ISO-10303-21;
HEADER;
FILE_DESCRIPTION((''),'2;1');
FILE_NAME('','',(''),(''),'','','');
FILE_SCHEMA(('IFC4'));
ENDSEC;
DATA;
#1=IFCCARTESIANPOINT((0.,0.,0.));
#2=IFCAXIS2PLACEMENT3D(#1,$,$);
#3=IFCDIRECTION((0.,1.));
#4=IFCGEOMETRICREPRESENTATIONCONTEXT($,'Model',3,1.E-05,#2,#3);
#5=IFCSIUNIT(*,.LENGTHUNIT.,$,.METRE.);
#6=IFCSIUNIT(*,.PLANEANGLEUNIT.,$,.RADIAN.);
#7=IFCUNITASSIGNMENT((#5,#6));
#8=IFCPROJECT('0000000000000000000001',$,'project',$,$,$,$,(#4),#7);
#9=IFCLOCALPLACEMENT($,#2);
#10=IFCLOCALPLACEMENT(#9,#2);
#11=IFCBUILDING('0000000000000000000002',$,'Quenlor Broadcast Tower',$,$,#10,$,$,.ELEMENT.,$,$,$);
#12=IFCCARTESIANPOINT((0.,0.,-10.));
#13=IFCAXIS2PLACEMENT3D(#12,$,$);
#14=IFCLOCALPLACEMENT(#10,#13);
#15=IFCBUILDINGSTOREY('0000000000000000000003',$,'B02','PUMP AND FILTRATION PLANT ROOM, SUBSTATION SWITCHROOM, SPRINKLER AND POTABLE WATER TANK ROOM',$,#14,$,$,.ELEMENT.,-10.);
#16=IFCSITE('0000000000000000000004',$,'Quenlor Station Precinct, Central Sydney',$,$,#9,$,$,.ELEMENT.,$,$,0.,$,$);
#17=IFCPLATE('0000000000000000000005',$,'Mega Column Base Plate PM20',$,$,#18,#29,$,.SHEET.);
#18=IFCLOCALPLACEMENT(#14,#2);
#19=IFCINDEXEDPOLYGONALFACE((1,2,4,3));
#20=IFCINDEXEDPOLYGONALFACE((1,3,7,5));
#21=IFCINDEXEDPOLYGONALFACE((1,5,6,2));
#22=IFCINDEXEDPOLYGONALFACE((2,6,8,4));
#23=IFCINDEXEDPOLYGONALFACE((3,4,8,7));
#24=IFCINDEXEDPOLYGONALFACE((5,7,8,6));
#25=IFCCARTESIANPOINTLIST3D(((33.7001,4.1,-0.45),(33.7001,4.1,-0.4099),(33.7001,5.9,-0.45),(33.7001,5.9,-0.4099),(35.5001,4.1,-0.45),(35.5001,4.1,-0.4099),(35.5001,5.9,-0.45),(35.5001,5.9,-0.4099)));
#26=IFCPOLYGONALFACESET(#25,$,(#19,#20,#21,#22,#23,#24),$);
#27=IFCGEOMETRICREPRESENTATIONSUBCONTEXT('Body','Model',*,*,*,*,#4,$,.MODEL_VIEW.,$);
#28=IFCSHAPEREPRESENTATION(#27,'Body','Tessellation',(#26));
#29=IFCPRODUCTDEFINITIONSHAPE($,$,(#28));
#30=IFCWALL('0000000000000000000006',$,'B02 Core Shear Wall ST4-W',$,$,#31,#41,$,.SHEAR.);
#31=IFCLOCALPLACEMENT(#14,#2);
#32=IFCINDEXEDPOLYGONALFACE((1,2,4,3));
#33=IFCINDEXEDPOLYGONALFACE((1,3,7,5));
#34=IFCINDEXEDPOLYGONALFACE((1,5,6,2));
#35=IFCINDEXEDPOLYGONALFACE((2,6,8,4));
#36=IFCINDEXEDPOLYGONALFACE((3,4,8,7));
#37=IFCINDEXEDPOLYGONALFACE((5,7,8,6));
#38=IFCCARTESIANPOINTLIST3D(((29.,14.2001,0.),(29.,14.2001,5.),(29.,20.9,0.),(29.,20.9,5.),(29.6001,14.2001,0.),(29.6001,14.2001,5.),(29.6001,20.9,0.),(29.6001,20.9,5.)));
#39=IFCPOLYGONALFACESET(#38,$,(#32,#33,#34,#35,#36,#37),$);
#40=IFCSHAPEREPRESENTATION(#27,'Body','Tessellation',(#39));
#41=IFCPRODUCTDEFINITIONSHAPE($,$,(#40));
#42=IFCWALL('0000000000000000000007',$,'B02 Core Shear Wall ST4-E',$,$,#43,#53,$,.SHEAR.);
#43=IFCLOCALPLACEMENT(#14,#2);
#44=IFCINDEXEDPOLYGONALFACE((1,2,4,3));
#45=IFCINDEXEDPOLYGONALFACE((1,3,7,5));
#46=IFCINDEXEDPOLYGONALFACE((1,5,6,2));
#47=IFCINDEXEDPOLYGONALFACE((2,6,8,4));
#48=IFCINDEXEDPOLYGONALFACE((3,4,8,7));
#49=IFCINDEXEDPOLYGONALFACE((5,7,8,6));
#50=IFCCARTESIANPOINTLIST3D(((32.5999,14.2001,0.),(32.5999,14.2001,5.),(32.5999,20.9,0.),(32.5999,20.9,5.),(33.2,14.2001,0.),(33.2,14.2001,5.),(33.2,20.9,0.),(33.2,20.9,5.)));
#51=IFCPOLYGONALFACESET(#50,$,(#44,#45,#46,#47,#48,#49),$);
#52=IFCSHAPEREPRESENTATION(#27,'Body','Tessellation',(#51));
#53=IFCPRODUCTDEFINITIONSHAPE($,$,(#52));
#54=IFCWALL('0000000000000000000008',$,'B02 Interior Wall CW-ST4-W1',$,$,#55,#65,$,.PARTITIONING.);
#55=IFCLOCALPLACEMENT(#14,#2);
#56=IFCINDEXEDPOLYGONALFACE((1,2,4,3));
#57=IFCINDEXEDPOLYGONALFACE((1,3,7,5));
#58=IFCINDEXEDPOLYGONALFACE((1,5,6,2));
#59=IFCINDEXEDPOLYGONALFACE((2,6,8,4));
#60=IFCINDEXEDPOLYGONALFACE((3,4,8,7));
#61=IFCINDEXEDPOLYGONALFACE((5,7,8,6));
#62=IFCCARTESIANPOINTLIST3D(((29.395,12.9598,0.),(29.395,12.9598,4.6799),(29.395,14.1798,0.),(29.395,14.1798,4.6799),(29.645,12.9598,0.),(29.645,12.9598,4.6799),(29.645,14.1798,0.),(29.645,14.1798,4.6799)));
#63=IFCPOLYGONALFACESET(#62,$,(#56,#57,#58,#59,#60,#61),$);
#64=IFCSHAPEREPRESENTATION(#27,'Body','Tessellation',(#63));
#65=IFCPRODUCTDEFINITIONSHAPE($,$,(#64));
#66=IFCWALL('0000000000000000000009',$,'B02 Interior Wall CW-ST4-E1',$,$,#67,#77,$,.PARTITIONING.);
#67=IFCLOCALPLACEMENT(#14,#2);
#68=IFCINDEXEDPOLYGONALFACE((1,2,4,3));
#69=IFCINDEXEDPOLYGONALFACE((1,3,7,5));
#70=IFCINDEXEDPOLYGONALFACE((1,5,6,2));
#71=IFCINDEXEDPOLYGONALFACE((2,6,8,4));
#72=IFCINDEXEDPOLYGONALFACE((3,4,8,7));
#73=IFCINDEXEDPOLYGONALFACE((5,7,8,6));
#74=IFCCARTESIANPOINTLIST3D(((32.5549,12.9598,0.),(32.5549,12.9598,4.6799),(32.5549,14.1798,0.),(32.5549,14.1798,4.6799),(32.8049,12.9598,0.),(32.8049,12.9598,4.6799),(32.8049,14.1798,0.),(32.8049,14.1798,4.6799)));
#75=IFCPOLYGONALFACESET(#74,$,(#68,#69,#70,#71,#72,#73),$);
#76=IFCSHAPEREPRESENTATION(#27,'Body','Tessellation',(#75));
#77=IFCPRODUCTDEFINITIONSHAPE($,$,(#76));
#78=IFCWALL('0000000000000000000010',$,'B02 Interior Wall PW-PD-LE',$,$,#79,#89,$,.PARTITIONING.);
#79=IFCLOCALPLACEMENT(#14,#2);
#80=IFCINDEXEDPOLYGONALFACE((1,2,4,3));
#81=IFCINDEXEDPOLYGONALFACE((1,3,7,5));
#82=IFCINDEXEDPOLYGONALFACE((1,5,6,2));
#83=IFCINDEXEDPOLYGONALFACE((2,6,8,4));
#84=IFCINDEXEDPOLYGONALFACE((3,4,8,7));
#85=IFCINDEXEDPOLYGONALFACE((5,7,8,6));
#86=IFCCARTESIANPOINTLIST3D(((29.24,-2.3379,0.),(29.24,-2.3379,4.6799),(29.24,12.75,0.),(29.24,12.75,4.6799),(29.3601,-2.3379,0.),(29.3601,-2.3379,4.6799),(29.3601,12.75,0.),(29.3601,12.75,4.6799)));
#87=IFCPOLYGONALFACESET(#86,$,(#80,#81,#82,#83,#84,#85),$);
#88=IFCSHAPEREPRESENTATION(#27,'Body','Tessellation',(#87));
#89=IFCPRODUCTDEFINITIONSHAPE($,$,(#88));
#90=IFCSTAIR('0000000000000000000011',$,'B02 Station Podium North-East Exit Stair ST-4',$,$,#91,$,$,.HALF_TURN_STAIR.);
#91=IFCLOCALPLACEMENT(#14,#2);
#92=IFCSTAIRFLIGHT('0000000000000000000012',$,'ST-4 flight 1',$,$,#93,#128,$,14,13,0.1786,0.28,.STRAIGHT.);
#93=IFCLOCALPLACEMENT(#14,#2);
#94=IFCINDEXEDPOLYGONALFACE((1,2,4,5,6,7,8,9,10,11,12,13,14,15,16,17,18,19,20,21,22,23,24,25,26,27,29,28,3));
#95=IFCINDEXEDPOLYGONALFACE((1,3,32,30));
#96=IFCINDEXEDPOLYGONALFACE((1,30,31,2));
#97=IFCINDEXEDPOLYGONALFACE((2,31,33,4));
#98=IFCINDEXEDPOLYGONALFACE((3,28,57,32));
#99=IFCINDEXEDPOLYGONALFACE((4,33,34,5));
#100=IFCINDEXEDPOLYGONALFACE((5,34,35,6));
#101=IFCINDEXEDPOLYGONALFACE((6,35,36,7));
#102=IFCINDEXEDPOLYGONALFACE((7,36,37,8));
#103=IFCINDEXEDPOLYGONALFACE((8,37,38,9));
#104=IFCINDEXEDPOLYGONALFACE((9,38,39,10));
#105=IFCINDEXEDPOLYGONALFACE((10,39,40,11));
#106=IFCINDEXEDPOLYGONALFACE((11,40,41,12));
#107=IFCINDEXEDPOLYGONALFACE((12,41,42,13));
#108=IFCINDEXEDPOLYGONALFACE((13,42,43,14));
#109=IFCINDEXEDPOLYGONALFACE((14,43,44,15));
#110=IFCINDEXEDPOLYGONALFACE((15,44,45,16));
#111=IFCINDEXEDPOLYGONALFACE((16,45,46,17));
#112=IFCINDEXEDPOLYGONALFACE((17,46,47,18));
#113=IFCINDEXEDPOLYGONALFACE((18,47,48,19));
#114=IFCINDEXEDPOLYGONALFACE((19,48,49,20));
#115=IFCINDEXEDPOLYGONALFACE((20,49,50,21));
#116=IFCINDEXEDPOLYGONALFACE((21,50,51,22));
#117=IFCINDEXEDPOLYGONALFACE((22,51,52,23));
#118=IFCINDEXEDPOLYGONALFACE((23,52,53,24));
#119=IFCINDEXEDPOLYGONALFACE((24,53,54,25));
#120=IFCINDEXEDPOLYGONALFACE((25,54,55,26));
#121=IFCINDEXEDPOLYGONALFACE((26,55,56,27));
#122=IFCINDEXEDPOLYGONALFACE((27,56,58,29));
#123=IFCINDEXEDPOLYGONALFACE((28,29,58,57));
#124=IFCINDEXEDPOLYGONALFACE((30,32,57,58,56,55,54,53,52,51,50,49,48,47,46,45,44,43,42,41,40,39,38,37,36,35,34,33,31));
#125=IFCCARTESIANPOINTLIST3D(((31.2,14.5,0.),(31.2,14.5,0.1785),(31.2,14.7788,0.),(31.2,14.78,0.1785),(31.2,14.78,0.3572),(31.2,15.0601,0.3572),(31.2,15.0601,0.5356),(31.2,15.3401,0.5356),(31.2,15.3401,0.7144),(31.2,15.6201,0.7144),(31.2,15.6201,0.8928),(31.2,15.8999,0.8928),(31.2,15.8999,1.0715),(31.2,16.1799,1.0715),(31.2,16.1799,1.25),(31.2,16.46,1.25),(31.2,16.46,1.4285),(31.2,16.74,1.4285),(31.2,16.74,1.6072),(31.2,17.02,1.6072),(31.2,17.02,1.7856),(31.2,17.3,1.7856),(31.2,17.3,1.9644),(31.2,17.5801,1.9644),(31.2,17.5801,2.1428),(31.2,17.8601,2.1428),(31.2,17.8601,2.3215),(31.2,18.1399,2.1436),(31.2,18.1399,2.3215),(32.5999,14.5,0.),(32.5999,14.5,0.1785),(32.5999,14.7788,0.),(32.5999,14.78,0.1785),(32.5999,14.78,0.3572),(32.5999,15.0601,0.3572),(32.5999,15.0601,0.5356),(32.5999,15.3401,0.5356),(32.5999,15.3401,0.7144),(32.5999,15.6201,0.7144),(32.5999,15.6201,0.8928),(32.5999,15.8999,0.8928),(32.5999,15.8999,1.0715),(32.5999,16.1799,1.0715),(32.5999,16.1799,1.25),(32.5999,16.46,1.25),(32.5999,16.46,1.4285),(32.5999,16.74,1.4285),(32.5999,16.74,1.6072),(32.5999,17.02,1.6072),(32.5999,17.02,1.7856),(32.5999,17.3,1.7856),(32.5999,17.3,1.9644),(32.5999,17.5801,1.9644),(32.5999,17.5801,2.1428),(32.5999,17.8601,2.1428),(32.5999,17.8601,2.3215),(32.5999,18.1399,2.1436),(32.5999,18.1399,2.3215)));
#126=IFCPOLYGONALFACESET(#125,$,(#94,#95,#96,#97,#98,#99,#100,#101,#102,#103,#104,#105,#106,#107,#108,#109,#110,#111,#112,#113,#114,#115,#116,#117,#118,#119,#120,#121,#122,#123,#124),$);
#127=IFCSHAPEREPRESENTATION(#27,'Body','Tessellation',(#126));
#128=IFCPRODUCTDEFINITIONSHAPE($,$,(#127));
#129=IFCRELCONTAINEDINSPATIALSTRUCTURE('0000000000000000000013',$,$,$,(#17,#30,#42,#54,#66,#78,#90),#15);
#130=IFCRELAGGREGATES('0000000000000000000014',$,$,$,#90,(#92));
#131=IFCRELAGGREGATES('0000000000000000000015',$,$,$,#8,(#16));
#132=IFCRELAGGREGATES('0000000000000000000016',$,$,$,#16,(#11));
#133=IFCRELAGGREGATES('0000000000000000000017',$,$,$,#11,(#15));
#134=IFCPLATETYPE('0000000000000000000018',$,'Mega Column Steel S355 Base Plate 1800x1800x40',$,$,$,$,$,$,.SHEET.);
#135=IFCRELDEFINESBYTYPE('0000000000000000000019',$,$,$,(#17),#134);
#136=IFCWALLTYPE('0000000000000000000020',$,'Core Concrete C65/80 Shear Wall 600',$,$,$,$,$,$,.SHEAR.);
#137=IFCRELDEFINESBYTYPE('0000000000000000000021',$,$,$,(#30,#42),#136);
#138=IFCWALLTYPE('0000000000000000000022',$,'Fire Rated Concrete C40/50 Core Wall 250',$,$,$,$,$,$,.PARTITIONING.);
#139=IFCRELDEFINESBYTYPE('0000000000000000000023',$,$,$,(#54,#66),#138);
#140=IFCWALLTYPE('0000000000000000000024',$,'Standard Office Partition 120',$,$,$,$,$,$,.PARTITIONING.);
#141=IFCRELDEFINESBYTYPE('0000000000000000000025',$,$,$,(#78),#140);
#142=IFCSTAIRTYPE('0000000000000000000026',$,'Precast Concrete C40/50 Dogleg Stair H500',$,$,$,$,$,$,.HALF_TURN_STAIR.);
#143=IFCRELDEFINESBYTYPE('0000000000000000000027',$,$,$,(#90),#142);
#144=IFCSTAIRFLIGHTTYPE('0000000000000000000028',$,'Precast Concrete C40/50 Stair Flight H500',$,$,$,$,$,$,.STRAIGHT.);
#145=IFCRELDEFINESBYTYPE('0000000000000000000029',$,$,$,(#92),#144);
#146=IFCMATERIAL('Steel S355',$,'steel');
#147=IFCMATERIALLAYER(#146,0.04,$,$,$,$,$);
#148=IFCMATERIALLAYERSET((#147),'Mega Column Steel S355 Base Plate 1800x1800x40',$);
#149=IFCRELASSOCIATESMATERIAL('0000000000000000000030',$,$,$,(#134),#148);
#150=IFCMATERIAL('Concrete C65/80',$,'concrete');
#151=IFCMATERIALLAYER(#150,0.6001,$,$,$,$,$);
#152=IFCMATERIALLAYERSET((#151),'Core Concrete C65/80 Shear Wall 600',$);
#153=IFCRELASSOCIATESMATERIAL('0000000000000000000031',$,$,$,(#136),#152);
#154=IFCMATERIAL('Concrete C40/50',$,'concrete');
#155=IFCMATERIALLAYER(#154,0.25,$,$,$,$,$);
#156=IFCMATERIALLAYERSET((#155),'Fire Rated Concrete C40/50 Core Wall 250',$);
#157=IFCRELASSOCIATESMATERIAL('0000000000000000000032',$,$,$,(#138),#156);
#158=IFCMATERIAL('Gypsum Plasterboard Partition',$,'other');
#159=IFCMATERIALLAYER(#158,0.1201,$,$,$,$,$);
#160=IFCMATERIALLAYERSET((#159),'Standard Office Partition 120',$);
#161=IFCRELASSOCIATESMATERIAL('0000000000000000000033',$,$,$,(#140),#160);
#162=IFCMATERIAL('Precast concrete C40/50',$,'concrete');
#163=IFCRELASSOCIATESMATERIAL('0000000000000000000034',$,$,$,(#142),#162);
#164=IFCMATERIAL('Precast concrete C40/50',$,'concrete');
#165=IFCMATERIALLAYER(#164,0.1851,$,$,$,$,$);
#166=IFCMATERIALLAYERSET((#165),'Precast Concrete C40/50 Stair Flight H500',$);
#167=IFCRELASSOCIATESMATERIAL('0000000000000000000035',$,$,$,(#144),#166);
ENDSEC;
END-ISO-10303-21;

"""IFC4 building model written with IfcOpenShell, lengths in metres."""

from ifc_helpers import new_model, si_unit, direction, frame, frame_2d, origin, origin_2d, place, context, subcontext, project, spatial, polyline, rectangle, outline, extrude, material, layer, layer_set, type_object, element, aggregate, save


model = new_model("IFC4")

# Units and contexts
model_context = context("Model", 3, precision=1e-05, world=origin(), true_north=direction((0.0, 1.0)))
body_context = subcontext(model_context, "Body", "Model", "MODEL_VIEW")
ifc_project = project(units=[si_unit("LENGTHUNIT", "METRE"), si_unit("PLANEANGLEUNIT", "RADIAN")], contexts=[model_context])

# Site, building, storey
site_placement = place(None, origin())
site = spatial("IfcSite", under=ifc_project, at=site_placement, Name="Quenlor Station Precinct, Central Sydney", CompositionType="ELEMENT", RefElevation=0.0)
building_placement = place(site_placement, origin())
building = spatial("IfcBuilding", under=site, at=building_placement, Name="Quenlor Broadcast Tower", CompositionType="ELEMENT")
storey_placement = place(building_placement, frame((0.0, 0.0, -10.0)))
storey = spatial("IfcBuildingStorey", under=building, at=storey_placement, Name="B02", Description="PUMP AND FILTRATION PLANT ROOM, SUBSTATION SWITCHROOM, SPRINKLER AND POTABLE WATER TANK ROOM", CompositionType="ELEMENT", Elevation=-10.0)

# Plate
ifc_material_1 = material(Name="Steel S355", Category="steel")
ifc_layer_1 = layer(ifc_material_1, 0.04)
ifc_layer_set_1 = layer_set([ifc_layer_1], Name="Mega Column Steel S355 Base Plate 1800x1800x40")
plate_type = type_object("IfcPlateType", Name="Mega Column Steel S355 Base Plate 1800x1800x40", PredefinedType="SHEET", material=ifc_layer_set_1)
for number, where, z_axis, x_axis, name in (
    (1, (34.6001, 5.0, -0.45), (0.0, 0.0, 1.0), (1.0, 0.0, 0.0), "Mega Column Base Plate PM20"),
):
    element("IfcPlate", number, at=place(storey_placement, frame(where, z_axis=z_axis, x_axis=x_axis)), inside=storey, type_object=plate_type, Name=name, PredefinedType="SHEET", context=body_context, shape_type="SweptSolid", body=[
        extrude(rectangle(XDim=1.8, YDim=1.8, at=origin_2d()), origin(), (0.0, 0.0, 1.0), 0.04),
    ])

# Walls
ifc_material_2 = material(Name="Concrete C65/80", Category="concrete")
ifc_layer_2 = layer(ifc_material_2, 0.6001)
ifc_layer_set_2 = layer_set([ifc_layer_2], Name="Core Concrete C65/80 Shear Wall 600")
wall_type_1 = type_object("IfcWallType", Name="Core Concrete C65/80 Shear Wall 600", PredefinedType="SHEAR", material=ifc_layer_set_2)
for number, where, z_axis, x_axis, name in (
    (2, (29.3, 14.2, 0.0), (0.0, 0.0, 1.0), (0.0, 1.0, 0.0), "B02 Core Shear Wall ST4-W"),
    (3, (32.8999, 14.2, 0.0), (0.0, 0.0, 1.0), (0.0, 1.0, 0.0), "B02 Core Shear Wall ST4-E"),
):
    element("IfcWall", number, at=place(storey_placement, frame(where, z_axis=z_axis, x_axis=x_axis)), inside=storey, type_object=wall_type_1, Name=name, PredefinedType="SHEAR", context=body_context, shape_type="SweptSolid", body=[
        extrude(rectangle(XDim=6.7, YDim=0.6001, at=frame_2d((3.3501, 0.0))), origin(), (0.0, 0.0, 1.0), 5.0),
    ])

# Shared definitions
ifc_material_3 = material(Name="Concrete C40/50", Category="concrete")
ifc_layer_3 = layer(ifc_material_3, 0.25)
ifc_layer_set_3 = layer_set([ifc_layer_3], Name="Fire Rated Concrete C40/50 Core Wall 250")
wall_type_2 = type_object("IfcWallType", Name="Fire Rated Concrete C40/50 Core Wall 250", PredefinedType="PARTITIONING", material=ifc_layer_set_3)

# Walls
for number, where, z_axis, x_axis, name in (
    (4, (29.52, 12.96, 0.0), (0.0, 0.0, 1.0), (0.0, 1.0, 0.0), "B02 Interior Wall CW-ST4-W1"),
    (5, (32.6799, 12.96, 0.0), (0.0, 0.0, 1.0), (0.0, 1.0, 0.0), "B02 Interior Wall CW-ST4-E1"),
):
    element("IfcWall", number, at=place(storey_placement, frame(where, z_axis=z_axis, x_axis=x_axis)), inside=storey, type_object=wall_type_2, Name=name, PredefinedType="PARTITIONING", context=body_context, shape_type="SweptSolid", body=[
        extrude(rectangle(XDim=1.22, YDim=0.25, at=frame_2d((0.6099, 0.0))), origin(), (0.0, 0.0, 1.0), 4.6799),
    ])
ifc_material_4 = material(Name="Gypsum Plasterboard Partition", Category="other")
ifc_layer_4 = layer(ifc_material_4, 0.1201)
ifc_layer_set_4 = layer_set([ifc_layer_4], Name="Standard Office Partition 120")
wall_type_3 = type_object("IfcWallType", Name="Standard Office Partition 120", PredefinedType="PARTITIONING", material=ifc_layer_set_4)
wall_1_placement = place(storey_placement, frame((29.3, -2.3379, 0.0), z_axis=(0.0, 0.0, 1.0), x_axis=(0.0, 1.0, 0.0)))
element("IfcWall", 6, at=wall_1_placement, inside=storey, type_object=wall_type_3, Name="B02 Interior Wall PW-PD-LE", PredefinedType="PARTITIONING", context=body_context, shape_type="SweptSolid", body=[
    extrude(rectangle(XDim=15.0879, YDim=0.1201, at=frame_2d((7.5439, 0.0))), origin(), (0.0, 0.0, 1.0), 4.6799),
])

# Stair, stair flight
ifc_material_5 = material(Name="Precast concrete C40/50", Category="concrete")
stair_type = type_object("IfcStairType", Name="Precast Concrete C40/50 Dogleg Stair H500", PredefinedType="HALF_TURN_STAIR", material=ifc_material_5)
stair_placement = place(storey_placement, origin())
stair = element("IfcStair", 7, at=stair_placement, inside=storey, type_object=stair_type, Name="B02 Station Podium North-East Exit Stair ST-4", PredefinedType="HALF_TURN_STAIR")
ifc_material_6 = material(Name="Precast concrete C40/50", Category="concrete")
ifc_layer_5 = layer(ifc_material_6, 0.1851)
ifc_layer_set_5 = layer_set([ifc_layer_5], Name="Precast Concrete C40/50 Stair Flight H500")
stair_flight_type = type_object("IfcStairFlightType", Name="Precast Concrete C40/50 Stair Flight H500", PredefinedType="STRAIGHT", material=ifc_layer_set_5)
stair_flight_placement = place(storey_placement, frame((31.8999, 14.5, 0.0), z_axis=(0.0, 0.0, 1.0), x_axis=(0.0, 1.0, 0.0)))
stair_flight = element("IfcStairFlight", 8, at=stair_flight_placement, type_object=stair_flight_type, Name="ST-4 flight 1", NumberOfRisers=14, NumberOfTreads=13, PredefinedType="STRAIGHT", RiserHeight=0.1786, TreadLength=0.28, context=body_context, shape_type="SweptSolid", body=[
    extrude(outline(polyline([(0.0, 0.0), (0.0, 0.1785), (0.28, 0.1785), (0.28, 0.3572), (0.5601, 0.3572), (0.5601, 0.5356), (0.8401, 0.5356), (0.8401, 0.7144), (1.1201, 0.7144), (1.1201, 0.8928), (1.3999, 0.8928), (1.3999, 1.0715), (1.6799, 1.0715), (1.6799, 1.25), (1.96, 1.25), (1.96, 1.4285), (2.24, 1.4285), (2.24, 1.6072), (2.52, 1.6072), (2.52, 1.7856), (2.8, 1.7856), (2.8, 1.9644), (3.0801, 1.9644), (3.0801, 2.1428), (3.3601, 2.1428), (3.3601, 2.3215), (3.6399, 2.3215), (3.6399, 2.5), (3.6399, 2.1436), (0.2788, 0.0), (0.0, 0.0)])), frame((0.0, 0.7, 0.0), z_axis=(0.0, -1.0, 0.0), x_axis=(1.0, 0.0, 0.0)), (0.0, 0.0, 1.0), 1.3999),
])
aggregate(stair, [stair_flight])

save(model, "model.ifc")
